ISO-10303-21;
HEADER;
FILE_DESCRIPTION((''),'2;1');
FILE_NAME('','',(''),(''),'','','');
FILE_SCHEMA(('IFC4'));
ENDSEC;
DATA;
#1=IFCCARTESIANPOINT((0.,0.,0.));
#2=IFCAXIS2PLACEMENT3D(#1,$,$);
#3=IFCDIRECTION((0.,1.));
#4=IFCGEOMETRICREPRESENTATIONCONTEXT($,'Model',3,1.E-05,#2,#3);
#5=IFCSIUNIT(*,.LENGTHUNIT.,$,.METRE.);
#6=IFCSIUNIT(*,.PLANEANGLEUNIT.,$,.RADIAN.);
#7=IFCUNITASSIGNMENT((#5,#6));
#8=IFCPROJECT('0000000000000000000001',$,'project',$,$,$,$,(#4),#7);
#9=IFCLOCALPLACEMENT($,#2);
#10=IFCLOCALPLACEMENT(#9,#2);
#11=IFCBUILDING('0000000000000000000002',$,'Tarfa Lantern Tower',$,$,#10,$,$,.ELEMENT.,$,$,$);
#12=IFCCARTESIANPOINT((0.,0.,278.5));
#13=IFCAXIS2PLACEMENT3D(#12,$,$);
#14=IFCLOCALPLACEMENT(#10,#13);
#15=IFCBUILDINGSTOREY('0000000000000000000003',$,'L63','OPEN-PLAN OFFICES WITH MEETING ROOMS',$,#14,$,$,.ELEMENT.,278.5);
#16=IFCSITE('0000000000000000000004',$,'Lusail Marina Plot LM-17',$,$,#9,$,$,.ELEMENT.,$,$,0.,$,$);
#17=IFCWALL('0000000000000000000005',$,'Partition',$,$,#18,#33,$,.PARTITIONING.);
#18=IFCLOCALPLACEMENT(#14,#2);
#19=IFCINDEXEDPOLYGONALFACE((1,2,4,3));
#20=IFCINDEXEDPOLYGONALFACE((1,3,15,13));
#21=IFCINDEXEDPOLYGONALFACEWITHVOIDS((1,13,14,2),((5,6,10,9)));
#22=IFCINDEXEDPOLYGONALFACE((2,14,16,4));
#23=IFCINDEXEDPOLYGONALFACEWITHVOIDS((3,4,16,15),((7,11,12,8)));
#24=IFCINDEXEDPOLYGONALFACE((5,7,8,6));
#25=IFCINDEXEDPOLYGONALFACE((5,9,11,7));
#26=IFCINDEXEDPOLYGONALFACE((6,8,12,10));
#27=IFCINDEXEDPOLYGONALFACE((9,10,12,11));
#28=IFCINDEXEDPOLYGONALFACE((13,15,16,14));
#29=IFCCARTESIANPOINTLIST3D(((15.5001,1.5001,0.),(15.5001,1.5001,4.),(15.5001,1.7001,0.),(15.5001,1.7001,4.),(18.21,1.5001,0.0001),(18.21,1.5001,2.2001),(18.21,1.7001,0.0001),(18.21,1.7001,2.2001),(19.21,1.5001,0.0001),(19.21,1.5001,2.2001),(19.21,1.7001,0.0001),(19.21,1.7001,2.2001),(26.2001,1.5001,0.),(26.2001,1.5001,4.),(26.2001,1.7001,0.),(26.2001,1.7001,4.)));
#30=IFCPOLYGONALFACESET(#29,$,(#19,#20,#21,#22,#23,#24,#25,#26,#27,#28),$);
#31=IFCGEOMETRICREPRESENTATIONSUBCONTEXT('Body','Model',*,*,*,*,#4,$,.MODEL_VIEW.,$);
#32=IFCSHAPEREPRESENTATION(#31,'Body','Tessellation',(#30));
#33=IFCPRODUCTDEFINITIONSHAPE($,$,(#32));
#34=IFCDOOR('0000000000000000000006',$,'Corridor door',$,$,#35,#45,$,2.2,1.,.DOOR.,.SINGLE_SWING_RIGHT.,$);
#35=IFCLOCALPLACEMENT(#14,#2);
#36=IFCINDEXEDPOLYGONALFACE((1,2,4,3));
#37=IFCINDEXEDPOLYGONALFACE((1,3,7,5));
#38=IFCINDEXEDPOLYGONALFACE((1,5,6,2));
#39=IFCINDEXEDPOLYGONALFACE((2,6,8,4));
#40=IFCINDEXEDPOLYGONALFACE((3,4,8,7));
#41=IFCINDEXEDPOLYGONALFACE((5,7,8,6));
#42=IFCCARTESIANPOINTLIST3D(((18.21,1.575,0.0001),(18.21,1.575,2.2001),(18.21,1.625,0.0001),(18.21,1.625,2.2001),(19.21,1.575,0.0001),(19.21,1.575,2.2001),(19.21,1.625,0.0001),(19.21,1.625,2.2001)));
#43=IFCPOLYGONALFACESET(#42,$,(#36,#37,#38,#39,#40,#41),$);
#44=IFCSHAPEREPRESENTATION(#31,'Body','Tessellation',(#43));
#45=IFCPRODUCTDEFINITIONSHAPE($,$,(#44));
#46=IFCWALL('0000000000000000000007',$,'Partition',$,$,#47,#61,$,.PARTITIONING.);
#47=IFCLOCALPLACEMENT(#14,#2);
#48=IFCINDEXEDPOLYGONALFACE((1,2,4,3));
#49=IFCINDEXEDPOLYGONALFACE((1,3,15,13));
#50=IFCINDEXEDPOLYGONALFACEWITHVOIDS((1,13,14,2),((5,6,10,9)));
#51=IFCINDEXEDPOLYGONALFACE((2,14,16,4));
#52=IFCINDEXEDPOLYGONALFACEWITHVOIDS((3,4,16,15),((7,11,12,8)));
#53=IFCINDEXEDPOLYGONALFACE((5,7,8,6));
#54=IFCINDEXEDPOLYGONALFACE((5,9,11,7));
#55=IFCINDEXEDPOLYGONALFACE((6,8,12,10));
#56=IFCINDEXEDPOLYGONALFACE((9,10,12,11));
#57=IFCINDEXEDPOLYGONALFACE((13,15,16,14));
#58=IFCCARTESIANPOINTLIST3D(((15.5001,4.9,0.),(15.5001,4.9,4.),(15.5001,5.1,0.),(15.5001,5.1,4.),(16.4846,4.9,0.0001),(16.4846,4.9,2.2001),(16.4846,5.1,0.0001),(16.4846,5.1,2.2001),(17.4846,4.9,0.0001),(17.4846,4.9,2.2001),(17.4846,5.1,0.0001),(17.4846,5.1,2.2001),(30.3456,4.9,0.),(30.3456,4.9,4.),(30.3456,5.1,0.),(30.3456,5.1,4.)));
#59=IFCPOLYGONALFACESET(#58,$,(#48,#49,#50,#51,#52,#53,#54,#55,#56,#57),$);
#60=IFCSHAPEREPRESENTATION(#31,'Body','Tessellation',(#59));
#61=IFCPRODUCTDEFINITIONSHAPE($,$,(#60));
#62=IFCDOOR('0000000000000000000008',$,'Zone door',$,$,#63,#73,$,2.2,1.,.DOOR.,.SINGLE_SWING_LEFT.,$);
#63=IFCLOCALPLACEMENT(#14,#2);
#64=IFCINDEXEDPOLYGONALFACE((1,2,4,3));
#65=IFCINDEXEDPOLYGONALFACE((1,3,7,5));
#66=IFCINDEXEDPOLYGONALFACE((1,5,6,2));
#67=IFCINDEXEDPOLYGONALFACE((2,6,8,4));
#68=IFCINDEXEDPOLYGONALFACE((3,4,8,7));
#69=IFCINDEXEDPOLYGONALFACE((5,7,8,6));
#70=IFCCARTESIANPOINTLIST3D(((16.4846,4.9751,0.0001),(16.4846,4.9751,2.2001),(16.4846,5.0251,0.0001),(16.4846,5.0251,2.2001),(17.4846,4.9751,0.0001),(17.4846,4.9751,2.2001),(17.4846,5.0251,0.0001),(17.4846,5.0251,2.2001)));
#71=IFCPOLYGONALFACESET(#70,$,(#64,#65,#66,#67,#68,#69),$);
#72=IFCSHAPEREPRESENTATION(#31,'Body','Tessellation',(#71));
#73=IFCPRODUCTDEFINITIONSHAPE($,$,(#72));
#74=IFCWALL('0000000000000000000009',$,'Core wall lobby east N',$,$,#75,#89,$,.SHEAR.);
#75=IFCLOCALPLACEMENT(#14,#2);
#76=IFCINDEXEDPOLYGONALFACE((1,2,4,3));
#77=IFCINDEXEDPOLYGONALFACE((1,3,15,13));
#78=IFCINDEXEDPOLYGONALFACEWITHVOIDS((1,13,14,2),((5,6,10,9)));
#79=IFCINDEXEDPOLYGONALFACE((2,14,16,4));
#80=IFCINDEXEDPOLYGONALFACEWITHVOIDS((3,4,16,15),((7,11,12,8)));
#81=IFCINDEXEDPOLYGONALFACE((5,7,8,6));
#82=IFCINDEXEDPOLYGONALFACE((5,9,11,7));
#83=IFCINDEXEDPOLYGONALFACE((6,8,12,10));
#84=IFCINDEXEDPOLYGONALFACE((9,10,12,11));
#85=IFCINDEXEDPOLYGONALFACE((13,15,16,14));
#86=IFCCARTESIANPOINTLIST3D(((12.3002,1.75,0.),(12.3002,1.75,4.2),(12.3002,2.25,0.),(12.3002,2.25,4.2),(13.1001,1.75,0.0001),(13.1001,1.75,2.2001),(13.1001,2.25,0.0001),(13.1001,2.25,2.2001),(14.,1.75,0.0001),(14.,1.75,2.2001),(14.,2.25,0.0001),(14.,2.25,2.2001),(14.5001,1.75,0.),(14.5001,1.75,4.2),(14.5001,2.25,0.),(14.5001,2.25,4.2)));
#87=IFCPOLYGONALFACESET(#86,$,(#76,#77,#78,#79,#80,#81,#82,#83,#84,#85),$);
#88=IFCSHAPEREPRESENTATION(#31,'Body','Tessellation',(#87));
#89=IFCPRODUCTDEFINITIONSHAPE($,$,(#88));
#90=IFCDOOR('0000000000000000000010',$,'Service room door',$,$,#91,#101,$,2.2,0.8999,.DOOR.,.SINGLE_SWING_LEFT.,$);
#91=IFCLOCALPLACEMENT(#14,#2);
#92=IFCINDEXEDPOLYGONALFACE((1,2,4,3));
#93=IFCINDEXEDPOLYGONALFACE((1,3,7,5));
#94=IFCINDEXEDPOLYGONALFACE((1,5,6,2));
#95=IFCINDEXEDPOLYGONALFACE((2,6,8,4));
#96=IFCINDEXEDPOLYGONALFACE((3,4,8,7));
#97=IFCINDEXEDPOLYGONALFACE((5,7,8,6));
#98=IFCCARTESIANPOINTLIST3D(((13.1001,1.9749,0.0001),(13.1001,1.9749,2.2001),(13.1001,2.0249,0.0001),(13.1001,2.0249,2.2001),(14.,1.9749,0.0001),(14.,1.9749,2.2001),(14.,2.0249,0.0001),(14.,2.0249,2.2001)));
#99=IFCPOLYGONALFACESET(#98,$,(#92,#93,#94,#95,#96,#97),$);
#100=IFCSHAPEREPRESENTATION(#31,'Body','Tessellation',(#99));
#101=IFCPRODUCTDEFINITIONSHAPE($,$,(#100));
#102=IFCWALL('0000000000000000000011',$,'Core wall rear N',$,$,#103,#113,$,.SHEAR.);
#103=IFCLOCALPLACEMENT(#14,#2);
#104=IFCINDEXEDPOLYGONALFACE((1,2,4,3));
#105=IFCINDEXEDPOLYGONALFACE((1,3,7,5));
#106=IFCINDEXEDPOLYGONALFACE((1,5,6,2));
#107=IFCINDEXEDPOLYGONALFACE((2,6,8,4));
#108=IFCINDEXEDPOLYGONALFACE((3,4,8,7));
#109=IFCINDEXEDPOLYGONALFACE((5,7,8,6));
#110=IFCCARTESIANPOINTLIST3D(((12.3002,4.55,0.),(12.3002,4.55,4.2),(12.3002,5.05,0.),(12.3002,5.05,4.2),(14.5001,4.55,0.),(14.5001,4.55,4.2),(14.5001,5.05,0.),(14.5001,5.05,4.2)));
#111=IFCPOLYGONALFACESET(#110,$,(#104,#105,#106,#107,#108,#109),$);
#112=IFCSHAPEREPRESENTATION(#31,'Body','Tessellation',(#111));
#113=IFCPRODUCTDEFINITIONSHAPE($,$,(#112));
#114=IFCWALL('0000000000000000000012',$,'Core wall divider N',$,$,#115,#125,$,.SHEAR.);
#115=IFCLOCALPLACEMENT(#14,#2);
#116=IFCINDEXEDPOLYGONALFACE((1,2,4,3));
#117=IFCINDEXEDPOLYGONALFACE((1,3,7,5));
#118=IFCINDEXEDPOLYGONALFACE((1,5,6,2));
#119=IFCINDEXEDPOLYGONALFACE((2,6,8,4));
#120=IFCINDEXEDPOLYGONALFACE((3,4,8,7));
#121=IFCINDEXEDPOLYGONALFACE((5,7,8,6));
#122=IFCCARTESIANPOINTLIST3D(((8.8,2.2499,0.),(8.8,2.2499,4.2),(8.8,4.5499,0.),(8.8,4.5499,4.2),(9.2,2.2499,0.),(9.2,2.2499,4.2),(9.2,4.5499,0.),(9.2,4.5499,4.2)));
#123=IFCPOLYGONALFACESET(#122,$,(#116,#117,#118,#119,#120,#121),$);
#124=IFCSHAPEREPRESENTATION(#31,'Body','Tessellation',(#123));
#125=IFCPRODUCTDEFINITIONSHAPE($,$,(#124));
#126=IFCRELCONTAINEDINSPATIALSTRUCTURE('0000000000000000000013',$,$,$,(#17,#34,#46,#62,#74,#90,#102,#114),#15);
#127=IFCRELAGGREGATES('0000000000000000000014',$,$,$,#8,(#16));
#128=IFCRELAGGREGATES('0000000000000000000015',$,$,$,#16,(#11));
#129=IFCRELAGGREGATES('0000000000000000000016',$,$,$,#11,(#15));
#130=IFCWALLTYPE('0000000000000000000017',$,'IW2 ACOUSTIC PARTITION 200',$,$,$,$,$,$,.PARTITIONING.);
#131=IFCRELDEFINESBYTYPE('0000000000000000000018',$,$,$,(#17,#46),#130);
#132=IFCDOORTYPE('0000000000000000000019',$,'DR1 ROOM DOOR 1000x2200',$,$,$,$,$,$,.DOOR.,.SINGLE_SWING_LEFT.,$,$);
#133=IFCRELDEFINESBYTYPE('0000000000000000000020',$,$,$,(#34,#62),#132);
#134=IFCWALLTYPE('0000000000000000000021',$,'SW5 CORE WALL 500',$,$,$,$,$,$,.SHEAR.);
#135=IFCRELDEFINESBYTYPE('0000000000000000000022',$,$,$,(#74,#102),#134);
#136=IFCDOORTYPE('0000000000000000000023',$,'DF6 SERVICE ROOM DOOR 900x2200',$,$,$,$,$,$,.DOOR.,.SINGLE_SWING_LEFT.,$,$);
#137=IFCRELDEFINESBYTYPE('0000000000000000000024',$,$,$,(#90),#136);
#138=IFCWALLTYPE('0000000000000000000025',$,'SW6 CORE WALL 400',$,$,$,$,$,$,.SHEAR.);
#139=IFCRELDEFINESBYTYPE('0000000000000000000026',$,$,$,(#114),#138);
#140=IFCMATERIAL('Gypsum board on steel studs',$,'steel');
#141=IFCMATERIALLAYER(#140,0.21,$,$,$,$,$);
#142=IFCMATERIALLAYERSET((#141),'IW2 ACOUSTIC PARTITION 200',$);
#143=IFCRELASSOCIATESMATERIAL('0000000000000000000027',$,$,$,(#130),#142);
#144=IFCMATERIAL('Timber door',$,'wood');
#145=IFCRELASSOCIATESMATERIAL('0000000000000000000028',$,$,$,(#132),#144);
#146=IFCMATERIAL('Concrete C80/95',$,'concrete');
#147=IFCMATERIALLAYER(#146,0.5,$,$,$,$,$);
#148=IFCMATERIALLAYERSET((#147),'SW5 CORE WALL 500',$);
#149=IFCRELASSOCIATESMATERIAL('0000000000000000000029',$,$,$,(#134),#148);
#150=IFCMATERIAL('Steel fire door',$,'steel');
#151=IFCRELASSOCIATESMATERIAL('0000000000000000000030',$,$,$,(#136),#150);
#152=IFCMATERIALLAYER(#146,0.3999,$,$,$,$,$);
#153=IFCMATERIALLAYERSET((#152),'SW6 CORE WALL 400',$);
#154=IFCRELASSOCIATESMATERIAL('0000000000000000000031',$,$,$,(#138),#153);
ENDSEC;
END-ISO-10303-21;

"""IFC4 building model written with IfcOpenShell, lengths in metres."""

from ifc_helpers import new_model, si_unit, direction, frame, frame_2d, origin, place, context, subcontext, project, spatial, rectangle, extrude, material, layer, layer_set, type_object, element, fill, save


model = new_model("IFC4")

# Units and contexts
model_context = context("Model", 3, precision=1e-05, world=origin(), true_north=direction((0.0, 1.0)))
body_context = subcontext(model_context, "Body", "Model", "MODEL_VIEW")
ifc_project = project(units=[si_unit("LENGTHUNIT", "METRE"), si_unit("PLANEANGLEUNIT", "RADIAN")], contexts=[model_context])

# Site, building, storey
site_placement = place(None, origin())
site = spatial("IfcSite", under=ifc_project, at=site_placement, Name="Lusail Marina Plot LM-17", CompositionType="ELEMENT", RefElevation=0.0)
building_placement = place(site_placement, origin())
building = spatial("IfcBuilding", under=site, at=building_placement, Name="Tarfa Lantern Tower", CompositionType="ELEMENT")
storey_placement = place(building_placement, frame((0.0, 0.0, 278.5)))
storey = spatial("IfcBuildingStorey", under=building, at=storey_placement, Name="L63", Description="OPEN-PLAN OFFICES WITH MEETING ROOMS", CompositionType="ELEMENT", Elevation=278.5)

# Shared definitions
ifc_material_1 = material(Name="Concrete C80/95", Category="concrete")

# Shared definitions
ifc_material_2 = material(Name="Gypsum board on steel studs", Category="steel")
ifc_layer_1 = layer(ifc_material_2, 0.21)
ifc_layer_set_1 = layer_set([ifc_layer_1], Name="IW2 ACOUSTIC PARTITION 200")
wall_type_1 = type_object("IfcWallType", Name="IW2 ACOUSTIC PARTITION 200", PredefinedType="PARTITIONING", material=ifc_layer_set_1)

# Walls, openings, doors
wall_1_placement = place(storey_placement, frame((15.5, 1.6001, 0.0), z_axis=(0.0, 0.0, 1.0), x_axis=(1.0, 0.0, 0.0)))
wall_1 = element("IfcWall", 1, at=wall_1_placement, inside=storey, type_object=wall_type_1, Name="Partition", PredefinedType="PARTITIONING", context=body_context, shape_type="SweptSolid", body=[
    extrude(rectangle(XDim=10.7, YDim=0.2, at=frame_2d((5.3501, 0.0))), origin(), (0.0, 0.0, 1.0), 4.0),
])
opening_1_placement = place(wall_1_placement, frame((2.71, 0.0, 0.0)))
opening_1 = element("IfcOpeningElement", 2, at=opening_1_placement, cuts=wall_1, PredefinedType="OPENING", context=body_context, shape_type="SweptSolid", body=[
    extrude(rectangle(XDim=1.0, YDim=2.2, at=frame_2d((0.5, 1.1001))), frame((0.0, 0.1099, 0.0), z_axis=(0.0, -1.0, 0.0), x_axis=(1.0, 0.0, 0.0)), (0.0, 0.0, 1.0), 0.22),
])
ifc_material_3 = material(Name="Timber door", Category="wood")
door_type_1 = type_object("IfcDoorType", Name="DR1 ROOM DOOR 1000x2200", OperationType="SINGLE_SWING_LEFT", PredefinedType="DOOR", material=ifc_material_3)
door_1_placement = place(opening_1_placement, origin())
door_1 = element("IfcDoor", 3, at=door_1_placement, inside=storey, type_object=door_type_1, Name="Corridor door", OperationType="SINGLE_SWING_RIGHT", OverallHeight=2.2, OverallWidth=1.0, PredefinedType="DOOR", context=body_context, shape_type="SweptSolid", body=[
    extrude(rectangle(XDim=1.0, YDim=2.2, at=frame_2d((0.5, 1.1001))), frame((0.0, 0.0249, 0.0), z_axis=(0.0, -1.0, 0.0), x_axis=(1.0, 0.0, 0.0)), (0.0, 0.0, 1.0), 0.05),
])
fill(opening_1, door_1)
wall_2_placement = place(storey_placement, frame((15.5, 5.0, 0.0), z_axis=(0.0, 0.0, 1.0), x_axis=(1.0, 0.0, 0.0)))
wall_2 = element("IfcWall", 4, at=wall_2_placement, inside=storey, type_object=wall_type_1, Name="Partition", PredefinedType="PARTITIONING", context=body_context, shape_type="SweptSolid", body=[
    extrude(rectangle(XDim=14.8455, YDim=0.2, at=frame_2d((7.4229, 0.0))), origin(), (0.0, 0.0, 1.0), 4.0),
])
opening_2_placement = place(wall_2_placement, frame((0.9846, 0.0, 0.0)))
opening_2 = element("IfcOpeningElement", 5, at=opening_2_placement, cuts=wall_2, PredefinedType="OPENING", context=body_context, shape_type="SweptSolid", body=[
    extrude(rectangle(XDim=1.0, YDim=2.2, at=frame_2d((0.5, 1.1001))), frame((0.0, 0.1099, 0.0), z_axis=(0.0, -1.0, 0.0), x_axis=(1.0, 0.0, 0.0)), (0.0, 0.0, 1.0), 0.22),
])
door_2_placement = place(opening_2_placement, frame((1.0, 0.0, 0.0), z_axis=(0.0, 0.0, 1.0), x_axis=(-1.0, 0.0, 0.0)))
door_2 = element("IfcDoor", 6, at=door_2_placement, inside=storey, type_object=door_type_1, Name="Zone door", OperationType="SINGLE_SWING_LEFT", OverallHeight=2.2, OverallWidth=1.0, PredefinedType="DOOR", context=body_context, shape_type="SweptSolid", body=[
    extrude(rectangle(XDim=1.0, YDim=2.2, at=frame_2d((0.5, 1.1001))), frame((0.0, 0.0249, 0.0), z_axis=(0.0, -1.0, 0.0), x_axis=(1.0, 0.0, 0.0)), (0.0, 0.0, 1.0), 0.05),
])
fill(opening_2, door_2)
ifc_layer_2 = layer(ifc_material_1, 0.5)
ifc_layer_set_2 = layer_set([ifc_layer_2], Name="SW5 CORE WALL 500")
wall_type_2 = type_object("IfcWallType", Name="SW5 CORE WALL 500", PredefinedType="SHEAR", material=ifc_layer_set_2)
wall_3_placement = place(storey_placement, frame((12.3, 2.0, 0.0), z_axis=(0.0, 0.0, 1.0), x_axis=(1.0, 0.0, 0.0)))
wall_3 = element("IfcWall", 7, at=wall_3_placement, inside=storey, type_object=wall_type_2, Name="Core wall lobby east N", PredefinedType="SHEAR", context=body_context, shape_type="SweptSolid", body=[
    extrude(rectangle(XDim=2.2, YDim=0.5, at=frame_2d((1.1001, 0.0))), origin(), (0.0, 0.0, 1.0), 4.2),
])
opening_3_placement = place(wall_3_placement, frame((0.8, 0.0, 0.0)))
opening_3 = element("IfcOpeningElement", 8, at=opening_3_placement, cuts=wall_3, PredefinedType="OPENING", context=body_context, shape_type="SweptSolid", body=[
    extrude(rectangle(XDim=0.8999, YDim=2.2, at=frame_2d((0.45, 1.1001))), frame((0.0, 0.26, 0.0), z_axis=(0.0, -1.0, 0.0), x_axis=(1.0, 0.0, 0.0)), (0.0, 0.0, 1.0), 0.52),
])
ifc_material_4 = material(Name="Steel fire door", Category="steel")
door_type_2 = type_object("IfcDoorType", Name="DF6 SERVICE ROOM DOOR 900x2200", OperationType="SINGLE_SWING_LEFT", PredefinedType="DOOR", material=ifc_material_4)
door_3_placement = place(opening_3_placement, origin())
door_3 = element("IfcDoor", 9, at=door_3_placement, inside=storey, type_object=door_type_2, Name="Service room door", OperationType="SINGLE_SWING_LEFT", OverallHeight=2.2, OverallWidth=0.8999, PredefinedType="DOOR", context=body_context, shape_type="SweptSolid", body=[
    extrude(rectangle(XDim=0.8999, YDim=2.2, at=frame_2d((0.45, 1.1001))), frame((0.0, 0.0249, 0.0), z_axis=(0.0, -1.0, 0.0), x_axis=(1.0, 0.0, 0.0)), (0.0, 0.0, 1.0), 0.05),
])
fill(opening_3, door_3)

# Walls
wall_4_placement = place(storey_placement, frame((12.3, 4.8, 0.0), z_axis=(0.0, 0.0, 1.0), x_axis=(1.0, 0.0, 0.0)))
element("IfcWall", 10, at=wall_4_placement, inside=storey, type_object=wall_type_2, Name="Core wall rear N", PredefinedType="SHEAR", context=body_context, shape_type="SweptSolid", body=[
    extrude(rectangle(XDim=2.2, YDim=0.5, at=frame_2d((1.1001, 0.0))), origin(), (0.0, 0.0, 1.0), 4.2),
])
ifc_layer_3 = layer(ifc_material_1, 0.3999)
ifc_layer_set_3 = layer_set([ifc_layer_3], Name="SW6 CORE WALL 400")
wall_type_3 = type_object("IfcWallType", Name="SW6 CORE WALL 400", PredefinedType="SHEAR", material=ifc_layer_set_3)
wall_5_placement = place(storey_placement, frame((9.0, 2.25, 0.0), z_axis=(0.0, 0.0, 1.0), x_axis=(0.0, 1.0, 0.0)))
element("IfcWall", 11, at=wall_5_placement, inside=storey, type_object=wall_type_3, Name="Core wall divider N", PredefinedType="SHEAR", context=body_context, shape_type="SweptSolid", body=[
    extrude(rectangle(XDim=2.3, YDim=0.3999, at=frame_2d((1.1499, 0.0))), origin(), (0.0, 0.0, 1.0), 4.2),
])

save(model, "model.ifc")
